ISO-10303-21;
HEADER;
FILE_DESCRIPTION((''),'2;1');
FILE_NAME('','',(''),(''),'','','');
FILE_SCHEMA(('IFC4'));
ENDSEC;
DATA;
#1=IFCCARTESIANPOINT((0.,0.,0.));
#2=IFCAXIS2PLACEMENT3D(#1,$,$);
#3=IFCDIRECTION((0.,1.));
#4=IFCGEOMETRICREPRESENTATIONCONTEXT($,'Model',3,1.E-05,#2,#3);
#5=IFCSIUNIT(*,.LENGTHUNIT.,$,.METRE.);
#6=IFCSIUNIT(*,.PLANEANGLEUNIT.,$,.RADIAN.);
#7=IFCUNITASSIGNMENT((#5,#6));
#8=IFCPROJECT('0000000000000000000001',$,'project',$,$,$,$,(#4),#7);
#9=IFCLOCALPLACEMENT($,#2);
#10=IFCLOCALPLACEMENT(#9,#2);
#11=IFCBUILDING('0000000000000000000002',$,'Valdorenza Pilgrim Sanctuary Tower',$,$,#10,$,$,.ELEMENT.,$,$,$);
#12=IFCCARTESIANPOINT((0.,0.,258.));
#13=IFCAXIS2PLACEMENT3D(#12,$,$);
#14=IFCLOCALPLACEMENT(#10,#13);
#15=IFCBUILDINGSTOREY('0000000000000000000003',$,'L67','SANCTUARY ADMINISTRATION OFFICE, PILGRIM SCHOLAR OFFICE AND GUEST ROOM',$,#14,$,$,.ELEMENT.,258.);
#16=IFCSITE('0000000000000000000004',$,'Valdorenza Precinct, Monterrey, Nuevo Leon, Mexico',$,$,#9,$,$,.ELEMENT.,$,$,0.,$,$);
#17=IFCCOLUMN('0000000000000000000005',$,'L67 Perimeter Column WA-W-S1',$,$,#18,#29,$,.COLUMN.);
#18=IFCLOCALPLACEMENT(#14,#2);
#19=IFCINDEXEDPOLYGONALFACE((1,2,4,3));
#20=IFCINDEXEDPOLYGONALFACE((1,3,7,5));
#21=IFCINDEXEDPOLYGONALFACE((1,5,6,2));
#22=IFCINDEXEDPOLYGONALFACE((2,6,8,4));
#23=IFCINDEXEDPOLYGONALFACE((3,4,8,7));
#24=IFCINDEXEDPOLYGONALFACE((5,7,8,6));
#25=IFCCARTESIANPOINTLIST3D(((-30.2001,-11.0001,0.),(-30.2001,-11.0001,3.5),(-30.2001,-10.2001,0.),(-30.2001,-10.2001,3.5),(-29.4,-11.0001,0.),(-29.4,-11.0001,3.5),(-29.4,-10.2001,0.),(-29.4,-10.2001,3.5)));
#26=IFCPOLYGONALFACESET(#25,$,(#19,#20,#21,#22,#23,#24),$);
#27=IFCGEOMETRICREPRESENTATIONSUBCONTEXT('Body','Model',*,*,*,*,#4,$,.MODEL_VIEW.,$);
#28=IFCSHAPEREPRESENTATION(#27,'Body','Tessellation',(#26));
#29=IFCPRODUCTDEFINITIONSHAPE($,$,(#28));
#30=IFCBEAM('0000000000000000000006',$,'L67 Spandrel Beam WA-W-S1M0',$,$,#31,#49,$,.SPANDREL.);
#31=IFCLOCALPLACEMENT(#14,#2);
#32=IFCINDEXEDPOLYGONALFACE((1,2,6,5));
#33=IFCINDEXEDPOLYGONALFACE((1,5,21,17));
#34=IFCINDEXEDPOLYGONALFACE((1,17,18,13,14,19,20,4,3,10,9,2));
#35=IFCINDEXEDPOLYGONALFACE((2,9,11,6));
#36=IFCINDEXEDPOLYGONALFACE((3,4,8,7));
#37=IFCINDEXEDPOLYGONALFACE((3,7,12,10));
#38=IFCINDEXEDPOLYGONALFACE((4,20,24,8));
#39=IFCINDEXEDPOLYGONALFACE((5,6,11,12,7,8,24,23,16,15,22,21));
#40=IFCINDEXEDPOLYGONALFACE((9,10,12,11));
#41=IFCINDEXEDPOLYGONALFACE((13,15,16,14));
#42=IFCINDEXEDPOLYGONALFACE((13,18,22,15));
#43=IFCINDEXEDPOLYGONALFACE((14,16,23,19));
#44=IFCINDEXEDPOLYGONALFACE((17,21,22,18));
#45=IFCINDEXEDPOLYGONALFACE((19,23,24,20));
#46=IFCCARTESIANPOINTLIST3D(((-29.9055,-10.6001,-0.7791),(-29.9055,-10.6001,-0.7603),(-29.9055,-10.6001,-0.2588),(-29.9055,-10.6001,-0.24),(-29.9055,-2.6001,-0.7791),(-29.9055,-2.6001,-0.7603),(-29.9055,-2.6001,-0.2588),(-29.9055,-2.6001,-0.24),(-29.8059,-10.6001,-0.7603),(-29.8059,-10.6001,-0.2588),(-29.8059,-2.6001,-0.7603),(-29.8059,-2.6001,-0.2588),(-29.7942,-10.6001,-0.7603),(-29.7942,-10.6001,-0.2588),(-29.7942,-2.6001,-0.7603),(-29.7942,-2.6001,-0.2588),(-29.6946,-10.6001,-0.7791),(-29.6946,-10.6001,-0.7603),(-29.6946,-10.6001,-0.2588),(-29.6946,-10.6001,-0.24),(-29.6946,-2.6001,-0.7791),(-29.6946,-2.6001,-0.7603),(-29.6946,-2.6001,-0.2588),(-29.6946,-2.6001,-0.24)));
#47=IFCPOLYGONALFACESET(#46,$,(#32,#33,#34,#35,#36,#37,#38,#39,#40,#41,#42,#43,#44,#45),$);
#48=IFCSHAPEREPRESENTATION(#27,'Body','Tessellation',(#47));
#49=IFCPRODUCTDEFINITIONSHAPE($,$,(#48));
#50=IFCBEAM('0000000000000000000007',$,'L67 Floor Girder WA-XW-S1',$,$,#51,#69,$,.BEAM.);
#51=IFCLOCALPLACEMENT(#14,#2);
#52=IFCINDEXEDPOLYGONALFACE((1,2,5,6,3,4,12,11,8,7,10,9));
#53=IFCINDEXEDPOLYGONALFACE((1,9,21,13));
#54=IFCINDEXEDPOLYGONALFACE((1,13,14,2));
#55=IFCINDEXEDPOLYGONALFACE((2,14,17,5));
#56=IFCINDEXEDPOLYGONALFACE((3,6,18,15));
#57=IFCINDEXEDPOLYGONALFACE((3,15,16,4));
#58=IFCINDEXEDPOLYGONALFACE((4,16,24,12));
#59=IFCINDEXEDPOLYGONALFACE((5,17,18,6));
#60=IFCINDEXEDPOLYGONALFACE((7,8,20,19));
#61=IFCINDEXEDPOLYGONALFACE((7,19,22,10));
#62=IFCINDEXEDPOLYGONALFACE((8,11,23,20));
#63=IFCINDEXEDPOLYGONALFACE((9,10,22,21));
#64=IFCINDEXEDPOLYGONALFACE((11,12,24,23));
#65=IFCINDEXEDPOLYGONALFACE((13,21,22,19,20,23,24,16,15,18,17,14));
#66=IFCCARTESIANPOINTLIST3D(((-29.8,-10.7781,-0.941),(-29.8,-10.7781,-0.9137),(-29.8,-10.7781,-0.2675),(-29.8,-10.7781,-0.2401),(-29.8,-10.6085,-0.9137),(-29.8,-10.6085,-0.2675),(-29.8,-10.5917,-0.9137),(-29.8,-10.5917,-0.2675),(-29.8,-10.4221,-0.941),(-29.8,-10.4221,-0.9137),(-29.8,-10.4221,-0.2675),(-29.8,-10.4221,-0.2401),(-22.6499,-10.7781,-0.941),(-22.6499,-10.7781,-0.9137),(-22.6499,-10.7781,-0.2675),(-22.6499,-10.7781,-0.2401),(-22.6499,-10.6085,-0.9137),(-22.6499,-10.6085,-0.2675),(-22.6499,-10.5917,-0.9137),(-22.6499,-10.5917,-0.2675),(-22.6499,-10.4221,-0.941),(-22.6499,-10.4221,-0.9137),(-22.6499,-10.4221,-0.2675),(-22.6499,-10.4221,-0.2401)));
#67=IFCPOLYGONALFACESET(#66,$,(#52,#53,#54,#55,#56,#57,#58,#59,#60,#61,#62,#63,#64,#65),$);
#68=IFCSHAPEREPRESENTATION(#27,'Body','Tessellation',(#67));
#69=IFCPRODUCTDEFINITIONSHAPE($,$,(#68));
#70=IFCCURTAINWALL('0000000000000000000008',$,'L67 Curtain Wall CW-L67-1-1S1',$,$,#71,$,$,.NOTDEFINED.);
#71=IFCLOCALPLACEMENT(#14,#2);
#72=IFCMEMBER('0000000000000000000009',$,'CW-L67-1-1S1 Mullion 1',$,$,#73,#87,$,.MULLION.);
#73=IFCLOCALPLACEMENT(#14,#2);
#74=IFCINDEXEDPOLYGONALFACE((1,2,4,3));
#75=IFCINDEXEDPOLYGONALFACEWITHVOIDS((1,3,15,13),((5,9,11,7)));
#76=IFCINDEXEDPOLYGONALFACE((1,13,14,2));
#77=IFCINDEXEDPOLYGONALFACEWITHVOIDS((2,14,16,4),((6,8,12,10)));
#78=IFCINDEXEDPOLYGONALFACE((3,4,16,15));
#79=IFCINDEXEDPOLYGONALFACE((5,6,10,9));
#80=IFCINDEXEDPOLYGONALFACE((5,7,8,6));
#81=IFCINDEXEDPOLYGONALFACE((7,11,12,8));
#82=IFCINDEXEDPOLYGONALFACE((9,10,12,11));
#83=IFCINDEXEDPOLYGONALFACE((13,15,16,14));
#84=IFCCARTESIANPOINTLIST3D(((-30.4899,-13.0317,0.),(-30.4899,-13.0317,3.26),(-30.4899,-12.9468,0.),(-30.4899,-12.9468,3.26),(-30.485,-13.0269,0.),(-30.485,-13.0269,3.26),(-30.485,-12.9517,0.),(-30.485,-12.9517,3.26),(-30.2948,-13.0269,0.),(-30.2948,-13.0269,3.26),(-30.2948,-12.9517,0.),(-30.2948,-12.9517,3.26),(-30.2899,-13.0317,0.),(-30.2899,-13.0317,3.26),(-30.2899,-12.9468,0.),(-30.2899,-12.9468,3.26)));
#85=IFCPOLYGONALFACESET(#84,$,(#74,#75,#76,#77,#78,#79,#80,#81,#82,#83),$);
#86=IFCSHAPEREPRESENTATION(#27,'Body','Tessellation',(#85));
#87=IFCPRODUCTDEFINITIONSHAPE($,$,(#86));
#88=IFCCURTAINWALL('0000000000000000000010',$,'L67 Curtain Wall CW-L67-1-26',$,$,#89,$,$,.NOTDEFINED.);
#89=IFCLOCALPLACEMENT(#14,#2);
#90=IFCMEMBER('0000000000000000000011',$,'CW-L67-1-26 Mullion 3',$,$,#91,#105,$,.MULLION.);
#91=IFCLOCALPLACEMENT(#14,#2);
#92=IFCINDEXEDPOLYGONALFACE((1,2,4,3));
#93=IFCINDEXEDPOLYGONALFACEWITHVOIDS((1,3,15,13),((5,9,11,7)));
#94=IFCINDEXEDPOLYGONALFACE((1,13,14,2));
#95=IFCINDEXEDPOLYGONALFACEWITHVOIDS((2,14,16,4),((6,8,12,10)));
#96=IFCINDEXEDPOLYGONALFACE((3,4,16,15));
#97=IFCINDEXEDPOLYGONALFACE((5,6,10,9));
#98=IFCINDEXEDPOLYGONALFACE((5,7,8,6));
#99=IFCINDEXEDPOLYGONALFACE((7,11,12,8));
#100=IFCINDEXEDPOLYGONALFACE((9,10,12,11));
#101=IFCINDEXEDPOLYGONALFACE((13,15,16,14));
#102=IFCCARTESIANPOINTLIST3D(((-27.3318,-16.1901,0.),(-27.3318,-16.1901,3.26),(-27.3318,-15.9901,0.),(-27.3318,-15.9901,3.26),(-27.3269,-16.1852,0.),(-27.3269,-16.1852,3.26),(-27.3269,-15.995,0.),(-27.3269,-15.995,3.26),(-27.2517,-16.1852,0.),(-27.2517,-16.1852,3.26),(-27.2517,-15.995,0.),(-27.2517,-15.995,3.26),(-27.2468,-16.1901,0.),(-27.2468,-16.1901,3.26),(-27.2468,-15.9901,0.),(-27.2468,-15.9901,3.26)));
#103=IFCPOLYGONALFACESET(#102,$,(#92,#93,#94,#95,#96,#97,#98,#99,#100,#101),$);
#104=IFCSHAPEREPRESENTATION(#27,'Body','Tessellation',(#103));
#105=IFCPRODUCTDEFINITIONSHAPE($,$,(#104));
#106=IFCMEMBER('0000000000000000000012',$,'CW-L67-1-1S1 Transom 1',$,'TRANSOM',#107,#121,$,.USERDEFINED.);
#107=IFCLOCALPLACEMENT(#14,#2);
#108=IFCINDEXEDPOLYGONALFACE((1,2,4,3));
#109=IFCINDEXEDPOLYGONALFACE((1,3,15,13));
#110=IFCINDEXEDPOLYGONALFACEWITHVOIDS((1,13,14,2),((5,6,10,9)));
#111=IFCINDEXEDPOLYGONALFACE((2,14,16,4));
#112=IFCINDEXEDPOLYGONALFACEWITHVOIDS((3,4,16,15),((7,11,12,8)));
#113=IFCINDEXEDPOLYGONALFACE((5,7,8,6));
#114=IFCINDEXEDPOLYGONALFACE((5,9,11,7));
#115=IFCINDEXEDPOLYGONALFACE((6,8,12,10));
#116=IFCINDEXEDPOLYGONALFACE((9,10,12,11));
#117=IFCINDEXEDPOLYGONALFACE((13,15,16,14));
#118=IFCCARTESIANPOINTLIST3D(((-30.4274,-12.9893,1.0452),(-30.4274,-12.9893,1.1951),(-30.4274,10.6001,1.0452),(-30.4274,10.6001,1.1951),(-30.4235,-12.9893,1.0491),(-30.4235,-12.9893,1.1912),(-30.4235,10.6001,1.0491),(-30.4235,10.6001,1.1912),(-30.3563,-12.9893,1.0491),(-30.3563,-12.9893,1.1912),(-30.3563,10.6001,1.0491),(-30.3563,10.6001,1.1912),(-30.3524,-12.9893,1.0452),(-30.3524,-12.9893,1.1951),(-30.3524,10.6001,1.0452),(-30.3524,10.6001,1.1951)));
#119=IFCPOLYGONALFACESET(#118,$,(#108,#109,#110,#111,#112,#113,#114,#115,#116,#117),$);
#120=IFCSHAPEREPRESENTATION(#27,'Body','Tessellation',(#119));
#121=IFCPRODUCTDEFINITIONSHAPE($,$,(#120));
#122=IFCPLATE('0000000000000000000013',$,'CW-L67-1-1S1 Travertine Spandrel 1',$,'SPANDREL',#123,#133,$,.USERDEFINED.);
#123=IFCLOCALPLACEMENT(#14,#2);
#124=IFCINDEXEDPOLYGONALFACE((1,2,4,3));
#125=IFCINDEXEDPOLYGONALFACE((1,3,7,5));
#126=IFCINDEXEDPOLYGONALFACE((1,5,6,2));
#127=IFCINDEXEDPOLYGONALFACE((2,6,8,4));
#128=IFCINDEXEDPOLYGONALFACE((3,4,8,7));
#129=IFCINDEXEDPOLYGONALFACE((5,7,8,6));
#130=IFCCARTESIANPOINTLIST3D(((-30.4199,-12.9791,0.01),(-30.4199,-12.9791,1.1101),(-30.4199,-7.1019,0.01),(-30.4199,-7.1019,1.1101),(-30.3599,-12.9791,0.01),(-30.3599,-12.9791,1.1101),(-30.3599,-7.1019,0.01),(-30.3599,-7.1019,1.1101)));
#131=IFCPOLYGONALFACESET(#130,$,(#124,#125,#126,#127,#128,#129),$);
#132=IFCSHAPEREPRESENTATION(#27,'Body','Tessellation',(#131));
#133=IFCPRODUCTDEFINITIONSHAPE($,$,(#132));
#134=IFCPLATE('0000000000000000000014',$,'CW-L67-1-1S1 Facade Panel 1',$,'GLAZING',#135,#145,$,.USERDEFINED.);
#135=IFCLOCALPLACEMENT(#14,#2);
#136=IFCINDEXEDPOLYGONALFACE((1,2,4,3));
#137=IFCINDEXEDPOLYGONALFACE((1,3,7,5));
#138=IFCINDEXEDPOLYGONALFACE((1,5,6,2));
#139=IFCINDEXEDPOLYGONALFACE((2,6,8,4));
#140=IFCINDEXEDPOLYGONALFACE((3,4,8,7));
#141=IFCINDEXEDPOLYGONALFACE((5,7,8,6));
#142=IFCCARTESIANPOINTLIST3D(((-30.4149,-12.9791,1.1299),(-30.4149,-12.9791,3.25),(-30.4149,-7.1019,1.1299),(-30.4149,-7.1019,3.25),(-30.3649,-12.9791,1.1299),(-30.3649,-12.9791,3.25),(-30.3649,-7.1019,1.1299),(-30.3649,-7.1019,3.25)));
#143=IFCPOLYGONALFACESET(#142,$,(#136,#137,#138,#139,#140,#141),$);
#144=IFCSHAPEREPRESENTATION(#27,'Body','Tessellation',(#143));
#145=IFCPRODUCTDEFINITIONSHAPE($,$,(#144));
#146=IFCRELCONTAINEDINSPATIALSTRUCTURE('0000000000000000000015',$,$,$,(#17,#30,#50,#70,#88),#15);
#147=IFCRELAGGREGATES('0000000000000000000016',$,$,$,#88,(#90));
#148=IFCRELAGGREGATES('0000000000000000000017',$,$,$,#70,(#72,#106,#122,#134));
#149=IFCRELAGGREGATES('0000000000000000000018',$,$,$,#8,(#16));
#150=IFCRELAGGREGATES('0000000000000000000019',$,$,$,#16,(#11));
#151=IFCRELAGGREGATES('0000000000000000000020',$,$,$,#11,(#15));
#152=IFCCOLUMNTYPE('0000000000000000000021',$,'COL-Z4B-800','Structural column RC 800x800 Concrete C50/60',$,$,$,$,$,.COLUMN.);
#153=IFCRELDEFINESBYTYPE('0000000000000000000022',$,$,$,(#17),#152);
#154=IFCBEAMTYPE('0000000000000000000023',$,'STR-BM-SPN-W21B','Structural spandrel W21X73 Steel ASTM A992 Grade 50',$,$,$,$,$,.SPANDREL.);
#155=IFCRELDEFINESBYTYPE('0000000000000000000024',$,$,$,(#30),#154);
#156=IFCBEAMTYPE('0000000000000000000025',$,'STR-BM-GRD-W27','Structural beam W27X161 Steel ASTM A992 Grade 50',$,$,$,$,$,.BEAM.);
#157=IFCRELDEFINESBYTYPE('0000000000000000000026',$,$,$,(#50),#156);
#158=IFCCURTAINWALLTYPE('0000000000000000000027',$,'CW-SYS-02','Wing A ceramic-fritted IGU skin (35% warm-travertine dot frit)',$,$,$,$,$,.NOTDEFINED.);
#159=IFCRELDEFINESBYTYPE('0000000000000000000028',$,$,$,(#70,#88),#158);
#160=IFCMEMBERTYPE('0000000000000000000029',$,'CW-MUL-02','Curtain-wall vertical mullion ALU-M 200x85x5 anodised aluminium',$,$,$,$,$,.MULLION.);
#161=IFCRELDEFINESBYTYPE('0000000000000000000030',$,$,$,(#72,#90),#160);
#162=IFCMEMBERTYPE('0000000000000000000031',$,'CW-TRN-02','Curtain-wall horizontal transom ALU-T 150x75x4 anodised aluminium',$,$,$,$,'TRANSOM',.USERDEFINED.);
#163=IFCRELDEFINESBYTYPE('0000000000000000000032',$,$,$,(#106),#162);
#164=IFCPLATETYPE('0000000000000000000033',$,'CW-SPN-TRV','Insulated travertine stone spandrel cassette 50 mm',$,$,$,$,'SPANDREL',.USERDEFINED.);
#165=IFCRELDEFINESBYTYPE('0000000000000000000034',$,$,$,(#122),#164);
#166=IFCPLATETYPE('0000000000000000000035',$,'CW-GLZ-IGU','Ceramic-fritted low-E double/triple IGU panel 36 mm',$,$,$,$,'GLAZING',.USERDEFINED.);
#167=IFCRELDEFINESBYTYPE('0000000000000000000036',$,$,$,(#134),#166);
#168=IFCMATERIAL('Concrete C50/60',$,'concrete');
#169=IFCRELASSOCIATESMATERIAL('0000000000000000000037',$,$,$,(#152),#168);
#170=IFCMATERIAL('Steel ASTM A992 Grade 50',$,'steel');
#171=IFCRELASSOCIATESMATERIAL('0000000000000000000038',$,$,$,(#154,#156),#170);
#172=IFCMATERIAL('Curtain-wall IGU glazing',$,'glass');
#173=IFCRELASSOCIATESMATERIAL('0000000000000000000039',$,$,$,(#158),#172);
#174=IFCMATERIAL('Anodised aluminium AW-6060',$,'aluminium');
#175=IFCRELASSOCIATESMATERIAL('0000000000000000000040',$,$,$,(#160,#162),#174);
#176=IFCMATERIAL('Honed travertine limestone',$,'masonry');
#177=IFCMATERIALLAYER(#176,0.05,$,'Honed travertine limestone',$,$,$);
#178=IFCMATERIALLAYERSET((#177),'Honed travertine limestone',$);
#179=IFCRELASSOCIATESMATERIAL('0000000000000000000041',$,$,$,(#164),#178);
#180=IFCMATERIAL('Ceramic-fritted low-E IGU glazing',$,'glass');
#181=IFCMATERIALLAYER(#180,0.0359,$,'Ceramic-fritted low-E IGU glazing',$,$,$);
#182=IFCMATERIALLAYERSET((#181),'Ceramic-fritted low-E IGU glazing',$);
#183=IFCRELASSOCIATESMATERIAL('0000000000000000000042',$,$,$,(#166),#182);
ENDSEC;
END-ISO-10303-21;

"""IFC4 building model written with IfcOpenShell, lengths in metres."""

from ifc_helpers import new_model, si_unit, direction, frame, origin, origin_2d, place, context, subcontext, project, spatial, rectangle, hollow_rectangle, i_section, extrude, source, transform, mapped, material, layer, layer_set, material_profile, profile_set, type_object, element, aggregate, save


model = new_model("IFC4")

# Units and contexts
model_context = context("Model", 3, precision=1e-05, world=origin(), true_north=direction((0.0, 1.0)))
body_context = subcontext(model_context, "Body", "Model", "MODEL_VIEW")
ifc_project = project(units=[si_unit("LENGTHUNIT", "METRE"), si_unit("PLANEANGLEUNIT", "RADIAN")], contexts=[model_context])

# Site, building, storey
site_placement = place(None, origin())
site = spatial("IfcSite", under=ifc_project, at=site_placement, Name="Valdorenza Precinct, Monterrey, Nuevo Leon, Mexico", CompositionType="ELEMENT", RefElevation=0.0)
building_placement = place(site_placement, origin())
building = spatial("IfcBuilding", under=site, at=building_placement, Name="Valdorenza Pilgrim Sanctuary Tower", CompositionType="ELEMENT")
storey_placement = place(building_placement, frame((0.0, 0.0, 258.0)))
storey = spatial("IfcBuildingStorey", under=building, at=storey_placement, Name="L67", Description="SANCTUARY ADMINISTRATION OFFICE, PILGRIM SCHOLAR OFFICE AND GUEST ROOM", CompositionType="ELEMENT", Elevation=258.0)

# Column
ifc_material_1 = material(Name="Concrete C50/60", Category="concrete")
ifc_material_profile_1 = material_profile(ifc_material_1, rectangle(XDim=0.8, YDim=0.8, at=origin_2d()), Name="RC 800x800")
ifc_profile_set_1 = profile_set([ifc_material_profile_1], Name="Concrete C50/60")
column_type = type_object("IfcColumnType", Name="COL-Z4B-800", Description="Structural column RC 800x800 Concrete C50/60", PredefinedType="COLUMN", material=ifc_profile_set_1)
shared_shape_1 = source(origin(), body_context, "Body", "SweptSolid", [
    extrude(rectangle(XDim=0.8, YDim=0.8, at=origin_2d()), origin(), (0.0, 0.0, 1.0), 3.5),
])
column_placement = place(storey_placement, frame((-29.8, -10.6001, 0.0), z_axis=(0.0, 0.0, 1.0), x_axis=(1.0, 0.0, 0.0)))
element("IfcColumn", 1, at=column_placement, inside=storey, type_object=column_type, Name="L67 Perimeter Column WA-W-S1", PredefinedType="COLUMN", context=body_context, shape_type="MappedRepresentation", body=[
    mapped(shared_shape_1, transform((0.0, 0.0, 0.0), x_axis=(1.0, 0.0, 0.0), y_axis=(0.0, 1.0, 0.0), z_axis=(0.0, 0.0, 1.0), scale=1.0)),
])

# Beams
ifc_material_2 = material(Name="Steel ASTM A992 Grade 50", Category="steel")
ifc_material_profile_2 = material_profile(ifc_material_2, i_section(OverallWidth=0.2109, OverallDepth=0.5391, WebThickness=0.0117, FlangeThickness=0.0188, at=origin_2d()), Name="W21X73")
ifc_profile_set_2 = profile_set([ifc_material_profile_2], Name="Steel ASTM A992 Grade 50")
beam_type_1 = type_object("IfcBeamType", Name="STR-BM-SPN-W21B", Description="Structural spandrel W21X73 Steel ASTM A992 Grade 50", PredefinedType="SPANDREL", material=ifc_profile_set_2)
shared_shape_2 = source(origin(), body_context, "Body", "SweptSolid", [
    extrude(i_section(OverallWidth=0.2109, OverallDepth=0.5391, WebThickness=0.0117, FlangeThickness=0.0188, at=origin_2d()), origin(), (0.0, 0.0, 1.0), 8.0),
])
beam_1_placement = place(storey_placement, frame((-29.8, -10.6001, -0.5095), z_axis=(0.0, 1.0, 0.0), x_axis=(-1.0, 0.0, 0.0)))
element("IfcBeam", 2, at=beam_1_placement, inside=storey, type_object=beam_type_1, Name="L67 Spandrel Beam WA-W-S1M0", PredefinedType="SPANDREL", context=body_context, shape_type="MappedRepresentation", body=[
    mapped(shared_shape_2, transform((0.0, 0.0, 0.0), x_axis=(1.0, 0.0, 0.0), y_axis=(0.0, 1.0, 0.0), z_axis=(0.0, 0.0, 1.0), scale=1.0)),
])
ifc_material_profile_3 = material_profile(ifc_material_2, i_section(OverallWidth=0.356, OverallDepth=0.7009, WebThickness=0.0168, FlangeThickness=0.0273, at=origin_2d()), Name="W27X161")
ifc_profile_set_3 = profile_set([ifc_material_profile_3], Name="Steel ASTM A992 Grade 50")
beam_type_2 = type_object("IfcBeamType", Name="STR-BM-GRD-W27", Description="Structural beam W27X161 Steel ASTM A992 Grade 50", PredefinedType="BEAM", material=ifc_profile_set_3)
shared_shape_3 = source(origin(), body_context, "Body", "SweptSolid", [
    extrude(i_section(OverallWidth=0.356, OverallDepth=0.7009, WebThickness=0.0168, FlangeThickness=0.0273, at=origin_2d()), origin(), (0.0, 0.0, 1.0), 7.1501),
])
beam_2_placement = place(storey_placement, frame((-29.8, -10.6001, -0.5906), z_axis=(1.0, 0.0, 0.0), x_axis=(0.0, 1.0, 0.0)))
element("IfcBeam", 3, at=beam_2_placement, inside=storey, type_object=beam_type_2, Name="L67 Floor Girder WA-XW-S1", PredefinedType="BEAM", context=body_context, shape_type="MappedRepresentation", body=[
    mapped(shared_shape_3, transform((0.0, 0.0, 0.0), x_axis=(1.0, 0.0, 0.0), y_axis=(0.0, 1.0, 0.0), z_axis=(0.0, 0.0, 1.0), scale=1.0)),
])

# Curtain walls, members
ifc_material_3 = material(Name="Curtain-wall IGU glazing", Category="glass")
curtain_wall_type = type_object("IfcCurtainWallType", Name="CW-SYS-02", Description="Wing A ceramic-fritted IGU skin (35% warm-travertine dot frit)", PredefinedType="NOTDEFINED", material=ifc_material_3)
curtain_wall_1_placement = place(storey_placement, origin())
curtain_wall_1 = element("IfcCurtainWall", 4, at=curtain_wall_1_placement, inside=storey, type_object=curtain_wall_type, Name="L67 Curtain Wall CW-L67-1-1S1", PredefinedType="NOTDEFINED")
ifc_material_4 = material(Name="Anodised aluminium AW-6060", Category="aluminium")
ifc_material_profile_4 = material_profile(ifc_material_4, hollow_rectangle(XDim=0.085, YDim=0.2, WallThickness=0.0049, at=origin_2d()), Name="ALU-M 200x85x5")
ifc_profile_set_4 = profile_set([ifc_material_profile_4], Name="Anodised aluminium AW-6060")
member_type_1 = type_object("IfcMemberType", Name="CW-MUL-02", Description="Curtain-wall vertical mullion ALU-M 200x85x5 anodised aluminium", PredefinedType="MULLION", material=ifc_profile_set_4)
shared_shape_4 = source(origin(), body_context, "Body", "SweptSolid", [
    extrude(hollow_rectangle(XDim=0.085, YDim=0.2, WallThickness=0.0049, at=origin_2d()), origin(), (0.0, 0.0, 1.0), 3.26),
])
member_1_placement = place(storey_placement, frame((-30.3899, -12.9893, 0.0), z_axis=(0.0, 0.0, 1.0), x_axis=(0.0, 1.0, 0.0)))
member_1 = element("IfcMember", 5, at=member_1_placement, type_object=member_type_1, Name="CW-L67-1-1S1 Mullion 1", PredefinedType="MULLION", context=body_context, shape_type="MappedRepresentation", body=[
    mapped(shared_shape_4, transform((0.0, 0.0, 0.0), x_axis=(1.0, 0.0, 0.0), y_axis=(0.0, 1.0, 0.0), z_axis=(0.0, 0.0, 1.0), scale=1.0)),
])
curtain_wall_2_placement = place(storey_placement, origin())
curtain_wall_2 = element("IfcCurtainWall", 6, at=curtain_wall_2_placement, inside=storey, type_object=curtain_wall_type, Name="L67 Curtain Wall CW-L67-1-26", PredefinedType="NOTDEFINED")
member_2_placement = place(storey_placement, frame((-27.2893, -16.0901, 0.0), z_axis=(0.0, 0.0, 1.0), x_axis=(-1.0, 0.0, 0.0)))
member_2 = element("IfcMember", 7, at=member_2_placement, type_object=member_type_1, Name="CW-L67-1-26 Mullion 3", PredefinedType="MULLION", context=body_context, shape_type="MappedRepresentation", body=[
    mapped(shared_shape_4, transform((0.0, 0.0, 0.0), x_axis=(1.0, 0.0, 0.0), y_axis=(0.0, 1.0, 0.0), z_axis=(0.0, 0.0, 1.0), scale=1.0)),
])
aggregate(curtain_wall_2, [member_2])

# Member
ifc_material_profile_5 = material_profile(ifc_material_4, hollow_rectangle(XDim=0.075, YDim=0.1499, WallThickness=0.0039, at=origin_2d()), Name="ALU-T 150x75x4")
ifc_profile_set_5 = profile_set([ifc_material_profile_5], Name="Anodised aluminium AW-6060")
member_type_2 = type_object("IfcMemberType", Name="CW-TRN-02", Description="Curtain-wall horizontal transom ALU-T 150x75x4 anodised aluminium", ElementType="TRANSOM", PredefinedType="USERDEFINED", material=ifc_profile_set_5)
shared_shape_5 = source(origin(), body_context, "Body", "SweptSolid", [
    extrude(hollow_rectangle(XDim=0.075, YDim=0.1499, WallThickness=0.0039, at=origin_2d()), origin(), (0.0, 0.0, 1.0), 23.5894),
])
member_3_placement = place(storey_placement, frame((-30.3899, -12.9893, 1.1201), z_axis=(0.0, 1.0, 0.0), x_axis=(-1.0, 0.0, 0.0)))
member_3 = element("IfcMember", 8, at=member_3_placement, type_object=member_type_2, Name="CW-L67-1-1S1 Transom 1", ObjectType="TRANSOM", PredefinedType="USERDEFINED", context=body_context, shape_type="MappedRepresentation", body=[
    mapped(shared_shape_5, transform((0.0, 0.0, 0.0), x_axis=(1.0, 0.0, 0.0), y_axis=(0.0, 1.0, 0.0), z_axis=(0.0, 0.0, 1.0), scale=1.0)),
])

# Plates
ifc_material_5 = material(Name="Honed travertine limestone", Category="masonry")
ifc_layer_1 = layer(ifc_material_5, 0.05, Name="Honed travertine limestone")
ifc_layer_set_1 = layer_set([ifc_layer_1], Name="Honed travertine limestone")
plate_type_1 = type_object("IfcPlateType", Name="CW-SPN-TRV", Description="Insulated travertine stone spandrel cassette 50 mm", ElementType="SPANDREL", PredefinedType="USERDEFINED", material=ifc_layer_set_1)
shared_shape_6 = source(origin(), body_context, "Body", "SweptSolid", [
    extrude(rectangle(XDim=5.8772, YDim=0.0601, at=origin_2d()), origin(), (0.0, 0.0, 1.0), 1.1001),
])
plate_1_placement = place(storey_placement, frame((-30.3899, -10.0405, 0.01), z_axis=(0.0, 0.0, 1.0), x_axis=(0.0, 1.0, 0.0)))
plate_1 = element("IfcPlate", 9, at=plate_1_placement, type_object=plate_type_1, Name="CW-L67-1-1S1 Travertine Spandrel 1", ObjectType="SPANDREL", PredefinedType="USERDEFINED", context=body_context, shape_type="MappedRepresentation", body=[
    mapped(shared_shape_6, transform((0.0, 0.0, 0.0), x_axis=(1.0, 0.0, 0.0), y_axis=(0.0, 1.0, 0.0), z_axis=(0.0, 0.0, 1.0), scale=1.0)),
])
ifc_material_6 = material(Name="Ceramic-fritted low-E IGU glazing", Category="glass")
ifc_layer_2 = layer(ifc_material_6, 0.0359, Name="Ceramic-fritted low-E IGU glazing")
ifc_layer_set_2 = layer_set([ifc_layer_2], Name="Ceramic-fritted low-E IGU glazing")
plate_type_2 = type_object("IfcPlateType", Name="CW-GLZ-IGU", Description="Ceramic-fritted low-E double/triple IGU panel 36 mm", ElementType="GLAZING", PredefinedType="USERDEFINED", material=ifc_layer_set_2)
shared_shape_7 = source(origin(), body_context, "Body", "SweptSolid", [
    extrude(rectangle(XDim=5.8772, YDim=0.05, at=origin_2d()), origin(), (0.0, 0.0, 1.0), 2.1201),
])
plate_2_placement = place(storey_placement, frame((-30.3899, -10.0405, 1.1299), z_axis=(0.0, 0.0, 1.0), x_axis=(0.0, 1.0, 0.0)))
plate_2 = element("IfcPlate", 10, at=plate_2_placement, type_object=plate_type_2, Name="CW-L67-1-1S1 Facade Panel 1", ObjectType="GLAZING", PredefinedType="USERDEFINED", context=body_context, shape_type="MappedRepresentation", body=[
    mapped(shared_shape_7, transform((0.0, 0.0, 0.0), x_axis=(1.0, 0.0, 0.0), y_axis=(0.0, 1.0, 0.0), z_axis=(0.0, 0.0, 1.0), scale=1.0)),
])
aggregate(curtain_wall_1, [member_1, member_3, plate_1, plate_2])

save(model, "model.ifc")
